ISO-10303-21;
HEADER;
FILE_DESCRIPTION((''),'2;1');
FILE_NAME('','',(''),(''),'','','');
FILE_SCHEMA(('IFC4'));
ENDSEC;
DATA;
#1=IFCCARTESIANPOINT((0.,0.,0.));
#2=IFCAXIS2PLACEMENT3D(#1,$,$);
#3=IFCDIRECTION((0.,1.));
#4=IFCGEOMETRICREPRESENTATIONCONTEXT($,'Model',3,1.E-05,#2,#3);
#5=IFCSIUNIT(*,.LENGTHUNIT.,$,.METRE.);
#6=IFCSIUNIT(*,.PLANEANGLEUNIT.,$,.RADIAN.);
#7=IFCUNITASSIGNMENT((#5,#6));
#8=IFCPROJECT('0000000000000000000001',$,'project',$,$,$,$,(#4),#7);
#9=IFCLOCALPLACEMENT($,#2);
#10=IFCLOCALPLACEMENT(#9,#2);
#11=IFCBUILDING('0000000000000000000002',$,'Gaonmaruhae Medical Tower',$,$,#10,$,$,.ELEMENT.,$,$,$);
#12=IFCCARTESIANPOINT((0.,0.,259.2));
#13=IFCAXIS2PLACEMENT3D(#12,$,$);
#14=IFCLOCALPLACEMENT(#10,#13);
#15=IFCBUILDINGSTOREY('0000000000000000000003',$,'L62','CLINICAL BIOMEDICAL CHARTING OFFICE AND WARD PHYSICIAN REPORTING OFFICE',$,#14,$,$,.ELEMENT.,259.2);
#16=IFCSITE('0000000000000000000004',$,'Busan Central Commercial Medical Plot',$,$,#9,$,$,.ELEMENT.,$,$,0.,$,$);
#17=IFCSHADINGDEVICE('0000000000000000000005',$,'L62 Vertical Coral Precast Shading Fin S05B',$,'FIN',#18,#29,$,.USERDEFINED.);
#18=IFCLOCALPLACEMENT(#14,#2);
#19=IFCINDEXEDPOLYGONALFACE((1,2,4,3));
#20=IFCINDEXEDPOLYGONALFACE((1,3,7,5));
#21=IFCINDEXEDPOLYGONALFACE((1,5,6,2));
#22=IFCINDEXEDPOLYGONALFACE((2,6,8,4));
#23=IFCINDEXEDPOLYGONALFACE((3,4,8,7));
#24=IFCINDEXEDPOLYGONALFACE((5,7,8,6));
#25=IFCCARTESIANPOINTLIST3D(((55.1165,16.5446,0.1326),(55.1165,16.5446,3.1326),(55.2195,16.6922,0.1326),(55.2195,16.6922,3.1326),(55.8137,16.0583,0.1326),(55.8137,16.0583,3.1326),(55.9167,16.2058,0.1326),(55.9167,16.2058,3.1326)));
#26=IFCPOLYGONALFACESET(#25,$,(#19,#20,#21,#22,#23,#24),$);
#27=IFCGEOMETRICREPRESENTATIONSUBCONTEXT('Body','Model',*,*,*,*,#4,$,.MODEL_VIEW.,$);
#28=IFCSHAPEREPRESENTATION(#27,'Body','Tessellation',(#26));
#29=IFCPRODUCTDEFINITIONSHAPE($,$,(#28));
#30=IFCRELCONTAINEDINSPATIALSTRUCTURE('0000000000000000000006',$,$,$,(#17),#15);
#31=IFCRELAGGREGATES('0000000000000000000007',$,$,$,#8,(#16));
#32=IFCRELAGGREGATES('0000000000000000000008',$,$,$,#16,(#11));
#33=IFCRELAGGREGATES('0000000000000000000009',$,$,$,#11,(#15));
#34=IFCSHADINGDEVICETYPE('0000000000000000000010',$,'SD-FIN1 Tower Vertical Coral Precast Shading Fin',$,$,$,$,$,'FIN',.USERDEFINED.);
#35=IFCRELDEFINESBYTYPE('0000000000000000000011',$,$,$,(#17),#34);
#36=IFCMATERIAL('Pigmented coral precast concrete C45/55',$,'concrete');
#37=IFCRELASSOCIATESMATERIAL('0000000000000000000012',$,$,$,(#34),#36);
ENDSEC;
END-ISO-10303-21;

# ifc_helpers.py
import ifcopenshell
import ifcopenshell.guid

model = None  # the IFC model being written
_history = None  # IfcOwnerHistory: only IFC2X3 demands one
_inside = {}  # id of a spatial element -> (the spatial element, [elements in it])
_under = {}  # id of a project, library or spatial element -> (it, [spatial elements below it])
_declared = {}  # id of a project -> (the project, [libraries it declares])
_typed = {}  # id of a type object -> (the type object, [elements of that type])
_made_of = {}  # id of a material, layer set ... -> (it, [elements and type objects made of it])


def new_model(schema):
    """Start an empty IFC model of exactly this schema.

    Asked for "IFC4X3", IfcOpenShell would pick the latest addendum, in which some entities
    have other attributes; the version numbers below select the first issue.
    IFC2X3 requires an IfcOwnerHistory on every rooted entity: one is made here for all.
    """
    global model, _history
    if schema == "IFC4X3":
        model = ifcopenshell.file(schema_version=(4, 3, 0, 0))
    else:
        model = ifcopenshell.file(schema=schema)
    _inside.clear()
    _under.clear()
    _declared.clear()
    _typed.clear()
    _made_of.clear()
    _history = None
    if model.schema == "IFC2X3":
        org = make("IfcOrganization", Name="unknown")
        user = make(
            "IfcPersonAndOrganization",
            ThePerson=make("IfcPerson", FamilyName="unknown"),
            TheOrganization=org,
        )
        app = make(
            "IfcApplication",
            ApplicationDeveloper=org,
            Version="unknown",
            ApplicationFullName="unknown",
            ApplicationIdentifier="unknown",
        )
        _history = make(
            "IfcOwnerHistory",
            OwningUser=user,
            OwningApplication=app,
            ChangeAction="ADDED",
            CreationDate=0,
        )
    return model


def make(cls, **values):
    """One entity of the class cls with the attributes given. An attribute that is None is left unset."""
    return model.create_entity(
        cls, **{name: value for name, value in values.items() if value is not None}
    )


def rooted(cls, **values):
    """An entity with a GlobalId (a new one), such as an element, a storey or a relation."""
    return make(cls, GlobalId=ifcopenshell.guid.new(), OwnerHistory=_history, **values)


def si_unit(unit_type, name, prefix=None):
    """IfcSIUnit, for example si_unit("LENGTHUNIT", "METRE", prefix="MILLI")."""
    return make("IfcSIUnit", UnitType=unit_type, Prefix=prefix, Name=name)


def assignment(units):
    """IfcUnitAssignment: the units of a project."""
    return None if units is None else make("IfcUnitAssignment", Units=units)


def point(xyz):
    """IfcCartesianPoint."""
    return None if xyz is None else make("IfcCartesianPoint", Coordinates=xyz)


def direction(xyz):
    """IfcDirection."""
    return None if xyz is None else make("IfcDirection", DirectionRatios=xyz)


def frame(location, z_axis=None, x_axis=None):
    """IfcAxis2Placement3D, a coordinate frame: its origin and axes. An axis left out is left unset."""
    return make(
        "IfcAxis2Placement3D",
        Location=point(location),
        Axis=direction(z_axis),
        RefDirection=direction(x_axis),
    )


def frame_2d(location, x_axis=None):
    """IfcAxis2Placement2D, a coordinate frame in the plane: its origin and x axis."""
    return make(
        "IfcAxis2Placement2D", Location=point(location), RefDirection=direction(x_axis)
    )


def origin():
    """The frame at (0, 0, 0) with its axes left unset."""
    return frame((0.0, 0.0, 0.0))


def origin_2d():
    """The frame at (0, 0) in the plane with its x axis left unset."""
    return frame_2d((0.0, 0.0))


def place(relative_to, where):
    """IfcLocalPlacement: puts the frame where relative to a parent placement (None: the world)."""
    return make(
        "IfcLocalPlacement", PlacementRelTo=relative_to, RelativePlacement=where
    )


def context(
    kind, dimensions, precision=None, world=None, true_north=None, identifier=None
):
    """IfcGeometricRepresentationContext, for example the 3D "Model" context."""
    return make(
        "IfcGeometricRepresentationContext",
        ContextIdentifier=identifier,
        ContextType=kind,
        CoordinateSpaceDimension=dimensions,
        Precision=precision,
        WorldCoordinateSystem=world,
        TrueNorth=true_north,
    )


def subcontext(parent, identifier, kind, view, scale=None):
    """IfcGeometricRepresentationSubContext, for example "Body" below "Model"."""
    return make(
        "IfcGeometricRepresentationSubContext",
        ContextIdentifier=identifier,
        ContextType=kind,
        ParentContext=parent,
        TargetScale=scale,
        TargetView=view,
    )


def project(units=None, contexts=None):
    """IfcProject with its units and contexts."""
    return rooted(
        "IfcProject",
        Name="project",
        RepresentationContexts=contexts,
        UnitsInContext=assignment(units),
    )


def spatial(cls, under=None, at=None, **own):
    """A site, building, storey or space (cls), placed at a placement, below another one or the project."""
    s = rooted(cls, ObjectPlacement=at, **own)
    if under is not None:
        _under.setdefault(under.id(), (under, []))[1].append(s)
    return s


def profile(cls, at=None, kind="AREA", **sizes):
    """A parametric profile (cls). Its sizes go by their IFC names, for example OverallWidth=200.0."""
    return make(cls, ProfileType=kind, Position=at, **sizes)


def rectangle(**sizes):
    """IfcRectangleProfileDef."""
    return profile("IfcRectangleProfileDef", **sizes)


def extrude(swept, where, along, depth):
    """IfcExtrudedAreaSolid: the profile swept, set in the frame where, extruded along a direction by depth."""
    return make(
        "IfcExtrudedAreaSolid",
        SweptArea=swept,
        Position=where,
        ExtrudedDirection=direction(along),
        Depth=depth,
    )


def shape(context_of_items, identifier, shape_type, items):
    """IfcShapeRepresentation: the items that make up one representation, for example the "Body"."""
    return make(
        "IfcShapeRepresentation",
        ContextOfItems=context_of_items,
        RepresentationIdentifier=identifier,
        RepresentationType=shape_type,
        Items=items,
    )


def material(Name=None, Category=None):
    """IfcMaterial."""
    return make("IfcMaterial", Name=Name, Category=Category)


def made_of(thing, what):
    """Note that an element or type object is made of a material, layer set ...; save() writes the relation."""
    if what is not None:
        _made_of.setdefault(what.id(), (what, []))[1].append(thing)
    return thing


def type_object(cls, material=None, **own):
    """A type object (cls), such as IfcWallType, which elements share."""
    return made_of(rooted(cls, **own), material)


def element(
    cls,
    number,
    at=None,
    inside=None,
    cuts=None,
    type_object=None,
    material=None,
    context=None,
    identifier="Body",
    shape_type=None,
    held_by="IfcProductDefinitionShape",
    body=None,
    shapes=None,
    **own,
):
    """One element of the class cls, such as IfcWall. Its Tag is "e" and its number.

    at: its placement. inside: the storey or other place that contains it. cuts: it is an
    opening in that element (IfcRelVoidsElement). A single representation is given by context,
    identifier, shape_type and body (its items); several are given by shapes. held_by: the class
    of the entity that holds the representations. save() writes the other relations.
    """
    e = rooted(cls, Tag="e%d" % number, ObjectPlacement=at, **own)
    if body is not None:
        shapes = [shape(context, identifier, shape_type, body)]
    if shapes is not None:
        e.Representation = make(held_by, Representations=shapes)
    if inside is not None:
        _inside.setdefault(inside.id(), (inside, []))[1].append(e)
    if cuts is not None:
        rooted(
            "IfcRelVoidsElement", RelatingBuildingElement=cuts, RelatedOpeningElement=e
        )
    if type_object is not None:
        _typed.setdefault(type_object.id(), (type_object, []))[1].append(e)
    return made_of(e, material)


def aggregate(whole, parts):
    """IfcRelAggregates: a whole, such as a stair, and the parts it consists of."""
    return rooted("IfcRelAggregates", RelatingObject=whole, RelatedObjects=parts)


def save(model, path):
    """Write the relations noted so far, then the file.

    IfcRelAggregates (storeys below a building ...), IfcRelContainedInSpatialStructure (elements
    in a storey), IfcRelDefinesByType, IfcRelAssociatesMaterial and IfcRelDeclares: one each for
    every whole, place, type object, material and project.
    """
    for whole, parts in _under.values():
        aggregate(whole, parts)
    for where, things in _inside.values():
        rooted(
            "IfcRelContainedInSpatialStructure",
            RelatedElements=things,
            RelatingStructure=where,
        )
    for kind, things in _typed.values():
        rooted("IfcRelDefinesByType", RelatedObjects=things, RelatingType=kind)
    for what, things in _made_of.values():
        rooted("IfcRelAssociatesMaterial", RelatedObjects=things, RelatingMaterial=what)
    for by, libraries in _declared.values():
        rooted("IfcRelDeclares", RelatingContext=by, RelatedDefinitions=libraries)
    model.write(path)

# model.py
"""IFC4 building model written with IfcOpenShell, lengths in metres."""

from ifc_helpers import new_model, si_unit, direction, frame, origin, origin_2d, place, context, subcontext, project, spatial, rectangle, extrude, material, type_object, element, save


model = new_model("IFC4")

# Units and contexts
model_context = context("Model", 3, precision=1e-05, world=origin(), true_north=direction((0.0, 1.0)))
body_context = subcontext(model_context, "Body", "Model", "MODEL_VIEW")
ifc_project = project(units=[si_unit("LENGTHUNIT", "METRE"), si_unit("PLANEANGLEUNIT", "RADIAN")], contexts=[model_context])

# Site, building, storey
site_placement = place(None, origin())
site = spatial("IfcSite", under=ifc_project, at=site_placement, Name="Busan Central Commercial Medical Plot", CompositionType="ELEMENT", RefElevation=0.0)
building_placement = place(site_placement, origin())
building = spatial("IfcBuilding", under=site, at=building_placement, Name="Gaonmaruhae Medical Tower", CompositionType="ELEMENT")
storey_placement = place(building_placement, frame((0.0, 0.0, 259.2)))
storey = spatial("IfcBuildingStorey", under=building, at=storey_placement, Name="L62", Description="CLINICAL BIOMEDICAL CHARTING OFFICE AND WARD PHYSICIAN REPORTING OFFICE", CompositionType="ELEMENT", Elevation=259.2)

# Shading device
ifc_material_1 = material(Name="Pigmented coral precast concrete C45/55", Category="concrete")
shading_device_type = type_object("IfcShadingDeviceType", Name="SD-FIN1 Tower Vertical Coral Precast Shading Fin", ElementType="FIN", PredefinedType="USERDEFINED", material=ifc_material_1)
for number, where, z_axis, x_axis, name in (
    (1, (55.5166, 16.3752, 0.1326), (0.0, 0.0, 1.0), (-0.572146, -0.820152, 0.0), "L62 Vertical Coral Precast Shading Fin S05B"),
):
    element("IfcShadingDevice", number, at=place(storey_placement, frame(where, z_axis=z_axis, x_axis=x_axis)), inside=storey, type_object=shading_device_type, Name=name, ObjectType="FIN", PredefinedType="USERDEFINED", context=body_context, shape_type="SweptSolid", body=[
        extrude(rectangle(XDim=0.1799, YDim=0.8501, at=origin_2d()), origin(), (0.0, 0.0, 1.0), 3.0),
    ])

save(model, "model.ifc")
